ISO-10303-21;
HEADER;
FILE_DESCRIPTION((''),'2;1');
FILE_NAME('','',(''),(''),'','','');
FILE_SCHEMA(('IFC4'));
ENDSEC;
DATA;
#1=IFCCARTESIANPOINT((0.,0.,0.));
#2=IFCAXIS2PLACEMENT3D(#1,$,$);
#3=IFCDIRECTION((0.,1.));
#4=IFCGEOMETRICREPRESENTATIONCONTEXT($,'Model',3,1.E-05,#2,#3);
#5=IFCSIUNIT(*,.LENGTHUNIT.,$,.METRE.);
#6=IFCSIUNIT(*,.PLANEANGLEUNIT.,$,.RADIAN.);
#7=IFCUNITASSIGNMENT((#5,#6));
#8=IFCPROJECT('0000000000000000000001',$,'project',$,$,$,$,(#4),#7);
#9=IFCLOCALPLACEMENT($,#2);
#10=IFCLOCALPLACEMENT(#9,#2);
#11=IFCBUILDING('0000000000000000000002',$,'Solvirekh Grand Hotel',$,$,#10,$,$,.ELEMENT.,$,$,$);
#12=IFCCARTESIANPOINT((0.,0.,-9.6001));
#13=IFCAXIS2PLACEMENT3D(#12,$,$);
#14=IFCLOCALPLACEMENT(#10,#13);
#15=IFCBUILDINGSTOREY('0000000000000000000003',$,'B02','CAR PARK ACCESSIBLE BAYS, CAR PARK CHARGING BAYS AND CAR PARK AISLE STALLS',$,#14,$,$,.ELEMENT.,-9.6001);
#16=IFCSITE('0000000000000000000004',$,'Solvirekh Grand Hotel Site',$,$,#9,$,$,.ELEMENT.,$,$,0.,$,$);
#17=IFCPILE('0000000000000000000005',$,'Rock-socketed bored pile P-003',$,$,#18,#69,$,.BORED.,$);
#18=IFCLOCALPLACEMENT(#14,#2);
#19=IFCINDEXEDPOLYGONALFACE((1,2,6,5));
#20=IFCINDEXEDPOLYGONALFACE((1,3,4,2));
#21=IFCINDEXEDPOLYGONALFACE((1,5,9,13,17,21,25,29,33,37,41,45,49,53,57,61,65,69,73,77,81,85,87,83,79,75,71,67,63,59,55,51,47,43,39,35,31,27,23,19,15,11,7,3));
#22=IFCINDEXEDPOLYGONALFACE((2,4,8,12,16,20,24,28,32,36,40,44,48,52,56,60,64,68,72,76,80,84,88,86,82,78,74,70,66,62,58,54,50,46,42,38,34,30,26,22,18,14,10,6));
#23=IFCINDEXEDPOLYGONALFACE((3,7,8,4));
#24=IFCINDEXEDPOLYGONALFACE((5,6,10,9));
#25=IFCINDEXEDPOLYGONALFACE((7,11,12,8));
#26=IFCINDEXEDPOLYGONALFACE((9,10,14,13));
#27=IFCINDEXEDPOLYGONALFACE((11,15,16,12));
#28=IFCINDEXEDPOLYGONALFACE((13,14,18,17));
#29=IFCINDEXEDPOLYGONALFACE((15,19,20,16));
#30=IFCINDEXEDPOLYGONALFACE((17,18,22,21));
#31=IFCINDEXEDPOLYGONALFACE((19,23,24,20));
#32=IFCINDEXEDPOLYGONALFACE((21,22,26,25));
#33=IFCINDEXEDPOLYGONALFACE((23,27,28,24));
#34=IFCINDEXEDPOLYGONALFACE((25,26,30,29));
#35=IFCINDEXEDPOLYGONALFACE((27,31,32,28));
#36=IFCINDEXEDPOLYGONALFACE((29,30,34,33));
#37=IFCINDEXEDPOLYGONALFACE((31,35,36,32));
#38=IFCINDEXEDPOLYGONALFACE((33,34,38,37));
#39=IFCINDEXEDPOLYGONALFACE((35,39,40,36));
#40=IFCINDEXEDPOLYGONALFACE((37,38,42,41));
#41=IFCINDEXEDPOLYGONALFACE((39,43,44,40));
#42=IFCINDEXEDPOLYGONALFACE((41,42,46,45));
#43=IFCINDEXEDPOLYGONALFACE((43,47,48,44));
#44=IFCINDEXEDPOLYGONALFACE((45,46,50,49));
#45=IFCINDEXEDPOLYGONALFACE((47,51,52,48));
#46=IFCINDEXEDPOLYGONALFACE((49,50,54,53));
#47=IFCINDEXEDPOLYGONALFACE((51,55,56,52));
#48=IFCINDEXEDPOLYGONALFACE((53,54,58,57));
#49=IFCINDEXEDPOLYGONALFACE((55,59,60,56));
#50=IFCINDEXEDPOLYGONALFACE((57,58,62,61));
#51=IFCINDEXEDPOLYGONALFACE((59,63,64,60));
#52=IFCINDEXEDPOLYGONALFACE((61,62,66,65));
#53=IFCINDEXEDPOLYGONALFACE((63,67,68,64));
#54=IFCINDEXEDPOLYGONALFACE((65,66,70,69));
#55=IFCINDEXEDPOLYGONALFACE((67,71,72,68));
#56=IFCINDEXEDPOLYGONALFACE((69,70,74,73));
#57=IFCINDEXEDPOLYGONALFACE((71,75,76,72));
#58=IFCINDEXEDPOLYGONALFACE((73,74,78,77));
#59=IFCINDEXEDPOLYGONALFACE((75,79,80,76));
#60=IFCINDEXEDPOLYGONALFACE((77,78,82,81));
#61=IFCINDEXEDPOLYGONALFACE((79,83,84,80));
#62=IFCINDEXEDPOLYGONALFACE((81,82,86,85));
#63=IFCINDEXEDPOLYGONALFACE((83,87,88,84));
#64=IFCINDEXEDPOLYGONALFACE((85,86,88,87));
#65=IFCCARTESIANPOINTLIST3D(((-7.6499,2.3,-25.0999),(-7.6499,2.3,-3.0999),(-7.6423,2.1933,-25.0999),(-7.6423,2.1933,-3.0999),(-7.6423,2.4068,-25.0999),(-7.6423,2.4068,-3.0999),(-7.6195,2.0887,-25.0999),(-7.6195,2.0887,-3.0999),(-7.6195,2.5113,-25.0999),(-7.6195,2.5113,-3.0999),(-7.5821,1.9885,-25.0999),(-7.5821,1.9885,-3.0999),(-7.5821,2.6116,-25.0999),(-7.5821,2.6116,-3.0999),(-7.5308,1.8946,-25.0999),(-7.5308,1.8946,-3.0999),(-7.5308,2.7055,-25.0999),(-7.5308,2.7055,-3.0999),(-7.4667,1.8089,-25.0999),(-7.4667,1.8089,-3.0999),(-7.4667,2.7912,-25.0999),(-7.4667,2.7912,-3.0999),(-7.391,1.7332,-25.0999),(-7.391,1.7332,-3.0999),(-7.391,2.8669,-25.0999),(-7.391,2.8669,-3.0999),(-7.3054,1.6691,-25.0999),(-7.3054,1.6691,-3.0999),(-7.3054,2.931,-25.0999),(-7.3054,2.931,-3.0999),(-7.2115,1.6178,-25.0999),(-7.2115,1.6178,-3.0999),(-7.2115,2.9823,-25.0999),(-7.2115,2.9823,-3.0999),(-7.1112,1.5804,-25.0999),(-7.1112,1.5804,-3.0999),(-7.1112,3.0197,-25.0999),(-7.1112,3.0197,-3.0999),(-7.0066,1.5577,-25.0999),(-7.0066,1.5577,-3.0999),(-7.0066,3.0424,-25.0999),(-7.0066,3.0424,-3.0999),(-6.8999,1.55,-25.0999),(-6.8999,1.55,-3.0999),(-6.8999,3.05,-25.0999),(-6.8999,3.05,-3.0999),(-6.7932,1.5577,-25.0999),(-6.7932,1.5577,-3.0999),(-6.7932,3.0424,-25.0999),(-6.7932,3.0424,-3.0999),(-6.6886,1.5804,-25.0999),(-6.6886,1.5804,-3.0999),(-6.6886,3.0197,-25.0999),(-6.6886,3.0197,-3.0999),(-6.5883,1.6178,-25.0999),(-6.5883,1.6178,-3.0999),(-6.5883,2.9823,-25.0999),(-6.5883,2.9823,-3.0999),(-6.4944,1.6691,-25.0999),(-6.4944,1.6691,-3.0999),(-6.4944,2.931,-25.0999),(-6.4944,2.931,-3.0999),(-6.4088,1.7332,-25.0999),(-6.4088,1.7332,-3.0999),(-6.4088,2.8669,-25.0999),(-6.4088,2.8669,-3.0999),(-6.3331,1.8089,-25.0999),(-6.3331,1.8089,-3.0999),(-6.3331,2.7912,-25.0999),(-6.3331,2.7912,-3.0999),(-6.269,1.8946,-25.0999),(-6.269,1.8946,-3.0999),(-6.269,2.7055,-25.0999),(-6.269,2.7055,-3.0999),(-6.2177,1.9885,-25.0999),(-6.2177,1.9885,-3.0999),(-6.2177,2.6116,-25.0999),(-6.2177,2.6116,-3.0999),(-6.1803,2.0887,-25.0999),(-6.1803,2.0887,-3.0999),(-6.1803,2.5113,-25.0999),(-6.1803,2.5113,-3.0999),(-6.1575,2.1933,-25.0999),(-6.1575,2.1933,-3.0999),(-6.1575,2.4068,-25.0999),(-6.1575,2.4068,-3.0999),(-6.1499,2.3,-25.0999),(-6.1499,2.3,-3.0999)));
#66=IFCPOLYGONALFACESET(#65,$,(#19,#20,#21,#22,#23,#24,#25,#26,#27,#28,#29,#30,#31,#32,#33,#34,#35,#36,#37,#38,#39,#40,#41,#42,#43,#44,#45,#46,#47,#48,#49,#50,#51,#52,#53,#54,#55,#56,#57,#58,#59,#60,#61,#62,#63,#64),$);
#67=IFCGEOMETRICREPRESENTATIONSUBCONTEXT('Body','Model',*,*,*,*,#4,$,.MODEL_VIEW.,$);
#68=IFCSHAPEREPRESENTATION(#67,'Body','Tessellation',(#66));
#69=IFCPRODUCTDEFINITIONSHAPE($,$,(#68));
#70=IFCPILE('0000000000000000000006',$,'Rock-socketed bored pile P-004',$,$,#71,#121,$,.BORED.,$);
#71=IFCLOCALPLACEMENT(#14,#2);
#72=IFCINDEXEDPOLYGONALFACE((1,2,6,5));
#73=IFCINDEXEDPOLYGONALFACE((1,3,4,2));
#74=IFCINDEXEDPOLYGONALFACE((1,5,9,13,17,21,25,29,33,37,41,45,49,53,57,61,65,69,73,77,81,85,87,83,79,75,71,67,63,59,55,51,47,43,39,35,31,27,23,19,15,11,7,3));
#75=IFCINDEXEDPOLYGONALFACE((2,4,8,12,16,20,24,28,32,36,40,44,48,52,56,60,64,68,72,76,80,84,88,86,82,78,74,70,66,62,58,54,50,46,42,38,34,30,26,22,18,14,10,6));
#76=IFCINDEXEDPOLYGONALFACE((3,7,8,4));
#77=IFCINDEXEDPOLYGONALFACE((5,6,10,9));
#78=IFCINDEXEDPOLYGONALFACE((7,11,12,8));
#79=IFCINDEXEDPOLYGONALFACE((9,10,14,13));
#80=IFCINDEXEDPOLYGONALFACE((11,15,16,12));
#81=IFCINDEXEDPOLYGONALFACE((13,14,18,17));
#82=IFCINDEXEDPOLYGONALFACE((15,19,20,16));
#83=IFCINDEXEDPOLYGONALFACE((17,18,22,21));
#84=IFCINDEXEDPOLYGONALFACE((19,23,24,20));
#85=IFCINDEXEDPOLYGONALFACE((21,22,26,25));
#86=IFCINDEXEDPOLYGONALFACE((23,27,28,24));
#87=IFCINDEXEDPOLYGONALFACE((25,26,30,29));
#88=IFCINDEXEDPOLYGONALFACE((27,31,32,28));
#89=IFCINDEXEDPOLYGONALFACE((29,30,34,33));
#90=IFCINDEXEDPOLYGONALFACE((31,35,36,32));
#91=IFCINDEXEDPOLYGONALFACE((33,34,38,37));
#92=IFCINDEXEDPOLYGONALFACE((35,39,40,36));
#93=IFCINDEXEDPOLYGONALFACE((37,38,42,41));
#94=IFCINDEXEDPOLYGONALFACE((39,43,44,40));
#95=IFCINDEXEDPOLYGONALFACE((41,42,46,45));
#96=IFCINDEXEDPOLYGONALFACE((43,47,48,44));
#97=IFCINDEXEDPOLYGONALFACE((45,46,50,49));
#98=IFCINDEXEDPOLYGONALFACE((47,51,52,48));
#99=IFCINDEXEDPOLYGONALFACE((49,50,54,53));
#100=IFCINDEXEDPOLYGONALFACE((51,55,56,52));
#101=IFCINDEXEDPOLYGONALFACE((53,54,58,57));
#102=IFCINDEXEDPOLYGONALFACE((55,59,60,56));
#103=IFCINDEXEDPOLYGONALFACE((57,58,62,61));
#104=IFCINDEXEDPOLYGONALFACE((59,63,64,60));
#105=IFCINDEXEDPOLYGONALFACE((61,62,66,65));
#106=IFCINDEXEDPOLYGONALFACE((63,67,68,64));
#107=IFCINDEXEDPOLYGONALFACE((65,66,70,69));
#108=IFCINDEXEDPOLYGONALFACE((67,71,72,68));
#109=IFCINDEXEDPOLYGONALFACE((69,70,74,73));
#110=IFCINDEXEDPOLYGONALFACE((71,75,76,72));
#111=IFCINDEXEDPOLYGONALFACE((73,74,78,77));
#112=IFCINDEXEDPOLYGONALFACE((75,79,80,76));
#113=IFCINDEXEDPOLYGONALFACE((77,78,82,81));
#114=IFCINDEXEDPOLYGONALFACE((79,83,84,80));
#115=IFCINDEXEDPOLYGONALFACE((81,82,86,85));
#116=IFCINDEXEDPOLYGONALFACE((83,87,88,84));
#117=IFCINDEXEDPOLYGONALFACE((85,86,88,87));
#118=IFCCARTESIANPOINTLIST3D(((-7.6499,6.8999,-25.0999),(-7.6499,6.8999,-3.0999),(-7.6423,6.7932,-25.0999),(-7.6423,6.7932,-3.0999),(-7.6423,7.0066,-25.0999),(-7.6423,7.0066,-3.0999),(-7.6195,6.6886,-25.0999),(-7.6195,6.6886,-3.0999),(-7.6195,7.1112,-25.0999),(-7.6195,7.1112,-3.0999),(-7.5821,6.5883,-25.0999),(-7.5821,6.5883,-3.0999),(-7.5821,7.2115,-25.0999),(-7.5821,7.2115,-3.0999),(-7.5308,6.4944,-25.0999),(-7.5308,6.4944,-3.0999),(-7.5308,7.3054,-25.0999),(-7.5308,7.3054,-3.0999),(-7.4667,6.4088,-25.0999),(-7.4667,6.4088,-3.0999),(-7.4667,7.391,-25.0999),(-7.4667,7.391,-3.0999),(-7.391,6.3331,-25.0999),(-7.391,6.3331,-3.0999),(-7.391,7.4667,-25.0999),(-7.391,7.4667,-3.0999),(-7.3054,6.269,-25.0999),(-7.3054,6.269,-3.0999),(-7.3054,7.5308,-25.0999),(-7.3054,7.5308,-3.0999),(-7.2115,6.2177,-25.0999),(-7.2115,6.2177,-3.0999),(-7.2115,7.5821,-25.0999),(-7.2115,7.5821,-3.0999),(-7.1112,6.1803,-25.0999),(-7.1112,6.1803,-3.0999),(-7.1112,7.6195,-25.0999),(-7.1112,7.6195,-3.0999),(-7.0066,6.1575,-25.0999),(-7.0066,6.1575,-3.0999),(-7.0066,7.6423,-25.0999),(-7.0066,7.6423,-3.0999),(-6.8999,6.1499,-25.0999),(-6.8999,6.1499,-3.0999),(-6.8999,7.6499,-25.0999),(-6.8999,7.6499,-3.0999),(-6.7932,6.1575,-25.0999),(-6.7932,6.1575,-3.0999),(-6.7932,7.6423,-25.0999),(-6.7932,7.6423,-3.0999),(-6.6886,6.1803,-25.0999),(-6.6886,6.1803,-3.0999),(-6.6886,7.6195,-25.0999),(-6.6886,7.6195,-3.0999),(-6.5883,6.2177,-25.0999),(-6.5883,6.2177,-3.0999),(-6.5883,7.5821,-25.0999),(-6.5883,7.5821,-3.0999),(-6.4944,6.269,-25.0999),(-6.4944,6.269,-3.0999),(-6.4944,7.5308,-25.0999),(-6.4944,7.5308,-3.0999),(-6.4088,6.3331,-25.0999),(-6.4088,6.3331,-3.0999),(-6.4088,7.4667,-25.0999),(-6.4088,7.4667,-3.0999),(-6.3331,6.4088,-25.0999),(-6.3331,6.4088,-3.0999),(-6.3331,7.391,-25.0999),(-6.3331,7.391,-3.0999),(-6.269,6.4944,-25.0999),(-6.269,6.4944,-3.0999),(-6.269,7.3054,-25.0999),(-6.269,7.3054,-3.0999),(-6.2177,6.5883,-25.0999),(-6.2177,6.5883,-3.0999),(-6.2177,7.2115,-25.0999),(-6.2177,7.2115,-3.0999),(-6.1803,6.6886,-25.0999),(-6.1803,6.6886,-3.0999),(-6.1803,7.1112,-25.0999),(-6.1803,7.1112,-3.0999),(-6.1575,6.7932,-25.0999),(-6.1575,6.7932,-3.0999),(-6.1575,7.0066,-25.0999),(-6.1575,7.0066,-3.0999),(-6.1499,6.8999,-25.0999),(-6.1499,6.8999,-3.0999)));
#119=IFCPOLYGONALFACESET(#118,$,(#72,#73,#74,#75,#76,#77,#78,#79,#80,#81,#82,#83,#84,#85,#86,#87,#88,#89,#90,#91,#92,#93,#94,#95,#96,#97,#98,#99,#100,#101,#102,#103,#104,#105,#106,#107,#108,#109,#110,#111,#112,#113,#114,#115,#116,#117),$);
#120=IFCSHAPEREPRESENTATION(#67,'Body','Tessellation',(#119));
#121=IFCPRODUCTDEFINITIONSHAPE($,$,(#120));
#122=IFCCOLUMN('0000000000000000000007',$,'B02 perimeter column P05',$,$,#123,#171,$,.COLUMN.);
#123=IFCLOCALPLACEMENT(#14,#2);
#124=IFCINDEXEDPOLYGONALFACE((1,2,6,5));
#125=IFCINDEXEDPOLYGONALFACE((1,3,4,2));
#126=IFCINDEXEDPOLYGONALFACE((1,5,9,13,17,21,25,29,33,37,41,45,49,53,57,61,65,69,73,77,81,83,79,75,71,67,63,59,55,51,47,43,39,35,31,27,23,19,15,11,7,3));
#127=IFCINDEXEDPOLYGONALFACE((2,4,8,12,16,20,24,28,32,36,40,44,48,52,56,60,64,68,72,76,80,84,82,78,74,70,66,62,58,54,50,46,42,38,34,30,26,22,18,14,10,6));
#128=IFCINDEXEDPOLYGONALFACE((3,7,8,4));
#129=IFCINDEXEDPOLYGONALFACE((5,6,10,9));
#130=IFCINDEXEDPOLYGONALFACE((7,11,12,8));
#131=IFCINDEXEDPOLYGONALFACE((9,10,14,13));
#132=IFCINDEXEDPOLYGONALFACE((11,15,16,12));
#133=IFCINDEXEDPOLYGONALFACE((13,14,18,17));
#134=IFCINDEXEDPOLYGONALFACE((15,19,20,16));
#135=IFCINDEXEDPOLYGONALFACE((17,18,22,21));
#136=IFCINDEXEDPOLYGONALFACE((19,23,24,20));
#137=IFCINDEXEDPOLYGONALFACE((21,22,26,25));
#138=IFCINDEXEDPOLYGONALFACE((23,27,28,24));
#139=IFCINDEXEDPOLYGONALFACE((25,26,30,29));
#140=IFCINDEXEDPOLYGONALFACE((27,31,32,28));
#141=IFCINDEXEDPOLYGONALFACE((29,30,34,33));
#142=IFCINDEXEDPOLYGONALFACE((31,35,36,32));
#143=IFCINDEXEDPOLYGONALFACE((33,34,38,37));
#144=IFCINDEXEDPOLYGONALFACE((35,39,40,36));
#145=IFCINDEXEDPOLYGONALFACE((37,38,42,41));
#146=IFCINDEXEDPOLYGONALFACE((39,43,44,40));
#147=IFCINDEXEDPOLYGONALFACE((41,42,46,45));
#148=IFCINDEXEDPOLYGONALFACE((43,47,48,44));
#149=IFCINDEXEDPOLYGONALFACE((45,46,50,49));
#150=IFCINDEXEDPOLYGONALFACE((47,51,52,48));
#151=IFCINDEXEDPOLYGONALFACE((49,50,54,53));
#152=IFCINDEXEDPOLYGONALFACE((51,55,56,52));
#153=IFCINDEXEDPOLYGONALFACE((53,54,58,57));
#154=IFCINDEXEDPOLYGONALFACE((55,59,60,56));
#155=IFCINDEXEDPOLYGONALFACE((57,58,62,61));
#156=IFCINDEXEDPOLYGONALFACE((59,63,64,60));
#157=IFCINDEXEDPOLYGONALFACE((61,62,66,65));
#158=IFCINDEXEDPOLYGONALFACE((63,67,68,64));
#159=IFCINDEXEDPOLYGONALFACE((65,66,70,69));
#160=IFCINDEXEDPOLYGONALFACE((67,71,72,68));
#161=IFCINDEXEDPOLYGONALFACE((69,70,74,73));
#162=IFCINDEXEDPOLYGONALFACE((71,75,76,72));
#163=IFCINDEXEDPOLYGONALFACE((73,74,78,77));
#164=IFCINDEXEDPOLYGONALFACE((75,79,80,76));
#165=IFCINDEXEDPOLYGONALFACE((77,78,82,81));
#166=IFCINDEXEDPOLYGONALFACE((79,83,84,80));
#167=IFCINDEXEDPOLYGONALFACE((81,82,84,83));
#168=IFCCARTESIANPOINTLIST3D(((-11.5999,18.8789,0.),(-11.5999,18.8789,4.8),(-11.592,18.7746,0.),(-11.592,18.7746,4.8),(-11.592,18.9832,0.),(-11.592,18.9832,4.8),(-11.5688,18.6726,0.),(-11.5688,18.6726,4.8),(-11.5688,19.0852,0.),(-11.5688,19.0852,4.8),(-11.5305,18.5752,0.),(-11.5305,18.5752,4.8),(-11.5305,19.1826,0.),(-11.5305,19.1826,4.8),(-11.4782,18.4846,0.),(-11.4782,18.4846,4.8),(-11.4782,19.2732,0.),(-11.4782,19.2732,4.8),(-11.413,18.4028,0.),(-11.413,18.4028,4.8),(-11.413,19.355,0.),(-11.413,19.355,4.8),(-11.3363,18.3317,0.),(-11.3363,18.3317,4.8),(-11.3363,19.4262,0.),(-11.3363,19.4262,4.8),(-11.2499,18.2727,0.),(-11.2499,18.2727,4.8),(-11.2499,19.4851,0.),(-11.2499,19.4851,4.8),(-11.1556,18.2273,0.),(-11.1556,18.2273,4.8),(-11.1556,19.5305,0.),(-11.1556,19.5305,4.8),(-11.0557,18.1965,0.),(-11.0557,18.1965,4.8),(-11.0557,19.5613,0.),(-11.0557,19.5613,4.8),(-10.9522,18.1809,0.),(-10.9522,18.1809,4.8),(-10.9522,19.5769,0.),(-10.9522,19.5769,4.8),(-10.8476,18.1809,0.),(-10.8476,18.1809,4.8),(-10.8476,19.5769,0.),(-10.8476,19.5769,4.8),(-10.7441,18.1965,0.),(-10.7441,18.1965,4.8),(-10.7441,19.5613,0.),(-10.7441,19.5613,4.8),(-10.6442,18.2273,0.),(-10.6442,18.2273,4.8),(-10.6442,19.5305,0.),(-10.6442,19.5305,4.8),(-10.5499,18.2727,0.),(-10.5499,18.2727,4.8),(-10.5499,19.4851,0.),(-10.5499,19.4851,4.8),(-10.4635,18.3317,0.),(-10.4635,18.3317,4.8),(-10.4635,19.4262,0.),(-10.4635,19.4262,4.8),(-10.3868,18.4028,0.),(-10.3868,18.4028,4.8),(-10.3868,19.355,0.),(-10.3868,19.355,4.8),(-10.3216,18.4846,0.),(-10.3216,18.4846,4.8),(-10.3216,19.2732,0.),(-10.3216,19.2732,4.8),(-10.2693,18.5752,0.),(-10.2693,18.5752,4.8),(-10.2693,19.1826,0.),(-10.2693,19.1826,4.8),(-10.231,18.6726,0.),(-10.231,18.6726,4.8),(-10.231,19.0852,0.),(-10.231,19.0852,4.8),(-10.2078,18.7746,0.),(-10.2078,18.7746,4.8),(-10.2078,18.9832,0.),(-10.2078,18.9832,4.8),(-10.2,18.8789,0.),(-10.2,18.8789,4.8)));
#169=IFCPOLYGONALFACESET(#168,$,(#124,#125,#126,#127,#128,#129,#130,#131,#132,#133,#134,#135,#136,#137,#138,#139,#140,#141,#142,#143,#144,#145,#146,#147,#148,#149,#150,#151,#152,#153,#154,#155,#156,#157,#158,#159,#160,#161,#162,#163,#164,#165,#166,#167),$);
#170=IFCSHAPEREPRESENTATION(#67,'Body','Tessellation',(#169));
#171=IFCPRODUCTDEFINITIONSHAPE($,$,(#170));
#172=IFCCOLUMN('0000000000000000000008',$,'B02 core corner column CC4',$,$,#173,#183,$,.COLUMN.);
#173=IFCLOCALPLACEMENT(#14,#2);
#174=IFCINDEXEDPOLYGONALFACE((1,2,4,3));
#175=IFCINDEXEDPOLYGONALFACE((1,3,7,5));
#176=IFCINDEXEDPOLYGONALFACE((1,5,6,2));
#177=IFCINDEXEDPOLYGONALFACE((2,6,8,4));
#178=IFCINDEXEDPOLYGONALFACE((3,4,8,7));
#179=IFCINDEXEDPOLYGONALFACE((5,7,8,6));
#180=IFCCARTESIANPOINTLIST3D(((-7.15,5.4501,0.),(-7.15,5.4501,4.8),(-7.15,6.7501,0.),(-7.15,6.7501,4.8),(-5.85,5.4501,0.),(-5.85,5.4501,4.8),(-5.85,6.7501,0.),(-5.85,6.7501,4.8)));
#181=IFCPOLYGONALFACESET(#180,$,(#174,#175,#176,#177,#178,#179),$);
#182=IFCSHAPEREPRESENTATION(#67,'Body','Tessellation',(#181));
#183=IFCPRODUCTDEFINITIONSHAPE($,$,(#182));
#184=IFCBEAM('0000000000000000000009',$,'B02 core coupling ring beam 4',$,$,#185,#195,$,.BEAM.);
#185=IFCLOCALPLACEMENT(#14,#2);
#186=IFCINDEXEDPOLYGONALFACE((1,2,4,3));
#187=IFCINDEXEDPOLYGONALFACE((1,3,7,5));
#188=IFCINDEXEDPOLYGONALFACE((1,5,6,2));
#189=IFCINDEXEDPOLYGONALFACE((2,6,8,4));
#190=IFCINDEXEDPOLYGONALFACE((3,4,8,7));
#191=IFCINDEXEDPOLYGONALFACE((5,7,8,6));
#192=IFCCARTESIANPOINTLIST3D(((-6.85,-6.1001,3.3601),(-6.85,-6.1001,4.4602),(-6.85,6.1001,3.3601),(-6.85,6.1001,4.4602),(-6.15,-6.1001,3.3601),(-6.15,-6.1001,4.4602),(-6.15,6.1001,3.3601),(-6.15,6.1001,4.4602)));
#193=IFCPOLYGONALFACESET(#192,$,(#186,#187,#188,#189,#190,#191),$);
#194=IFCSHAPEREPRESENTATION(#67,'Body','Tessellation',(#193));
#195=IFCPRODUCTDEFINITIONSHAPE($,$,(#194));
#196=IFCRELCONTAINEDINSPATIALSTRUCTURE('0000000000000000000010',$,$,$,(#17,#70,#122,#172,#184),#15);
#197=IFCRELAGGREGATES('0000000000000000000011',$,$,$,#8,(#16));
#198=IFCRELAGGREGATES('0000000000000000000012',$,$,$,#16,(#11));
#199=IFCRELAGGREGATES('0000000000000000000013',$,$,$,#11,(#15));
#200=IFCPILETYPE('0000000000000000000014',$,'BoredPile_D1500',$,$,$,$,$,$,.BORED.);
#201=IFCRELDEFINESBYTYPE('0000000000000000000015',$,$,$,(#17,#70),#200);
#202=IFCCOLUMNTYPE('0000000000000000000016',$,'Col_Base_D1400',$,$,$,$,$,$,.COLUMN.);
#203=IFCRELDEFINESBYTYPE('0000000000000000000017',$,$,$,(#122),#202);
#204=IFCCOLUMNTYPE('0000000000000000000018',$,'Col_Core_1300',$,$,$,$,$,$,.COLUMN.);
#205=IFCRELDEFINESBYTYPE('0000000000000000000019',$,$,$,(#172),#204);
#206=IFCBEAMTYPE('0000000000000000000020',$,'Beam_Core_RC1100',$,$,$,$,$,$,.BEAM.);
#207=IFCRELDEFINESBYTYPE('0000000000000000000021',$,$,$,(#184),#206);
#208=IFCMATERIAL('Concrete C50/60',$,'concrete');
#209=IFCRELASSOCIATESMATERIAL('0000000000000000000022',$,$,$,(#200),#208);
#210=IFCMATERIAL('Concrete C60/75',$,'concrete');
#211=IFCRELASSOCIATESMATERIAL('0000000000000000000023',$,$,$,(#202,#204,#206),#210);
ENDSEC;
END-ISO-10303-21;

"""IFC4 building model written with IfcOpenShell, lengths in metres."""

from ifc_helpers import new_model, si_unit, direction, frame, origin, origin_2d, place, context, subcontext, project, spatial, rectangle, circle, extrude, material, material_profile, profile_set, type_object, element, save


model = new_model("IFC4")

# Units and contexts
model_context = context("Model", 3, precision=1e-05, world=origin(), true_north=direction((0.0, 1.0)))
body_context = subcontext(model_context, "Body", "Model", "MODEL_VIEW")
ifc_project = project(units=[si_unit("LENGTHUNIT", "METRE"), si_unit("PLANEANGLEUNIT", "RADIAN")], contexts=[model_context])

# Site, building, storey
site_placement = place(None, origin())
site = spatial("IfcSite", under=ifc_project, at=site_placement, Name="Solvirekh Grand Hotel Site", CompositionType="ELEMENT", RefElevation=0.0)
building_placement = place(site_placement, origin())
building = spatial("IfcBuilding", under=site, at=building_placement, Name="Solvirekh Grand Hotel", CompositionType="ELEMENT")
storey_placement = place(building_placement, frame((0.0, 0.0, -9.6001)))
storey = spatial("IfcBuildingStorey", under=building, at=storey_placement, Name="B02", Description="CAR PARK ACCESSIBLE BAYS, CAR PARK CHARGING BAYS AND CAR PARK AISLE STALLS", CompositionType="ELEMENT", Elevation=-9.6001)

# Piles
ifc_material_1 = material(Name="Concrete C50/60", Category="concrete")
ifc_material_profile_1 = material_profile(ifc_material_1, circle(Radius=0.75, at=origin_2d()), Name="BORED PILE D1500")
ifc_profile_set_1 = profile_set([ifc_material_profile_1], Name="Concrete C50/60")
pile_type_1 = type_object("IfcPileType", Name="BoredPile_D1500", PredefinedType="BORED", material=ifc_profile_set_1)
for number, where, z_axis, x_axis, name in (
    (1, (-6.8999, 2.3, -3.0999), (0.0, 0.0, -1.0), (1.0, 0.0, 0.0), "Rock-socketed bored pile P-003"),
    (2, (-6.8999, 6.8999, -3.0999), (0.0, 0.0, -1.0), (1.0, 0.0, 0.0), "Rock-socketed bored pile P-004"),
):
    element("IfcPile", number, at=place(storey_placement, frame(where, z_axis=z_axis, x_axis=x_axis)), inside=storey, type_object=pile_type_1, Name=name, PredefinedType="BORED", context=body_context, shape_type="SweptSolid", body=[
        extrude(circle(Radius=0.75, at=origin_2d()), origin(), (0.0, 0.0, 1.0), 22.0),
    ])

# Columns
ifc_material_2 = material(Name="Concrete C60/75", Category="concrete")
ifc_material_profile_2 = material_profile(ifc_material_2, circle(Radius=0.7, at=origin_2d()), Name="RC CIRC D1400")
ifc_profile_set_2 = profile_set([ifc_material_profile_2], Name="Concrete C60/75")
column_type_1 = type_object("IfcColumnType", Name="Col_Base_D1400", PredefinedType="COLUMN", material=ifc_profile_set_2)
column_1_placement = place(storey_placement, frame((-10.8999, 18.8789, 0.0), z_axis=(0.0, 0.0, 1.0), x_axis=(1.0, 0.0, 0.0)))
element("IfcColumn", 3, at=column_1_placement, inside=storey, type_object=column_type_1, Name="B02 perimeter column P05", PredefinedType="COLUMN", context=body_context, shape_type="SweptSolid", body=[
    extrude(circle(Radius=0.7, at=origin_2d()), origin(), (0.0, 0.0, 1.0), 4.8),
])
ifc_material_profile_3 = material_profile(ifc_material_2, rectangle(XDim=1.3, YDim=1.3, at=origin_2d()), Name="RC 1300X1300")
ifc_profile_set_3 = profile_set([ifc_material_profile_3], Name="Concrete C60/75")
column_type_2 = type_object("IfcColumnType", Name="Col_Core_1300", PredefinedType="COLUMN", material=ifc_profile_set_3)
column_2_placement = place(storey_placement, frame((-6.5, 6.1001, 0.0), z_axis=(0.0, 0.0, 1.0), x_axis=(1.0, 0.0, 0.0)))
element("IfcColumn", 4, at=column_2_placement, inside=storey, type_object=column_type_2, Name="B02 core corner column CC4", PredefinedType="COLUMN", context=body_context, shape_type="SweptSolid", body=[
    extrude(rectangle(XDim=1.3, YDim=1.3, at=origin_2d()), origin(), (0.0, 0.0, 1.0), 4.8),
])

# Beam
ifc_material_profile_4 = material_profile(ifc_material_2, rectangle(XDim=0.7, YDim=1.1001, at=origin_2d()), Name="RC BEAM 700X1100")
ifc_profile_set_4 = profile_set([ifc_material_profile_4], Name="Concrete C60/75")
beam_type_1 = type_object("IfcBeamType", Name="Beam_Core_RC1100", PredefinedType="BEAM", material=ifc_profile_set_4)
beam_1_placement = place(storey_placement, frame((-6.5, 6.1001, 3.9102), z_axis=(0.0, -1.0, 0.0), x_axis=(1.0, 0.0, 0.0)))
element("IfcBeam", 5, at=beam_1_placement, inside=storey, type_object=beam_type_1, Name="B02 core coupling ring beam 4", PredefinedType="BEAM", context=body_context, shape_type="SweptSolid", body=[
    extrude(rectangle(XDim=0.7, YDim=1.1001, at=origin_2d()), origin(), (0.0, 0.0, 1.0), 12.2002),
])

save(model, "model.ifc")
